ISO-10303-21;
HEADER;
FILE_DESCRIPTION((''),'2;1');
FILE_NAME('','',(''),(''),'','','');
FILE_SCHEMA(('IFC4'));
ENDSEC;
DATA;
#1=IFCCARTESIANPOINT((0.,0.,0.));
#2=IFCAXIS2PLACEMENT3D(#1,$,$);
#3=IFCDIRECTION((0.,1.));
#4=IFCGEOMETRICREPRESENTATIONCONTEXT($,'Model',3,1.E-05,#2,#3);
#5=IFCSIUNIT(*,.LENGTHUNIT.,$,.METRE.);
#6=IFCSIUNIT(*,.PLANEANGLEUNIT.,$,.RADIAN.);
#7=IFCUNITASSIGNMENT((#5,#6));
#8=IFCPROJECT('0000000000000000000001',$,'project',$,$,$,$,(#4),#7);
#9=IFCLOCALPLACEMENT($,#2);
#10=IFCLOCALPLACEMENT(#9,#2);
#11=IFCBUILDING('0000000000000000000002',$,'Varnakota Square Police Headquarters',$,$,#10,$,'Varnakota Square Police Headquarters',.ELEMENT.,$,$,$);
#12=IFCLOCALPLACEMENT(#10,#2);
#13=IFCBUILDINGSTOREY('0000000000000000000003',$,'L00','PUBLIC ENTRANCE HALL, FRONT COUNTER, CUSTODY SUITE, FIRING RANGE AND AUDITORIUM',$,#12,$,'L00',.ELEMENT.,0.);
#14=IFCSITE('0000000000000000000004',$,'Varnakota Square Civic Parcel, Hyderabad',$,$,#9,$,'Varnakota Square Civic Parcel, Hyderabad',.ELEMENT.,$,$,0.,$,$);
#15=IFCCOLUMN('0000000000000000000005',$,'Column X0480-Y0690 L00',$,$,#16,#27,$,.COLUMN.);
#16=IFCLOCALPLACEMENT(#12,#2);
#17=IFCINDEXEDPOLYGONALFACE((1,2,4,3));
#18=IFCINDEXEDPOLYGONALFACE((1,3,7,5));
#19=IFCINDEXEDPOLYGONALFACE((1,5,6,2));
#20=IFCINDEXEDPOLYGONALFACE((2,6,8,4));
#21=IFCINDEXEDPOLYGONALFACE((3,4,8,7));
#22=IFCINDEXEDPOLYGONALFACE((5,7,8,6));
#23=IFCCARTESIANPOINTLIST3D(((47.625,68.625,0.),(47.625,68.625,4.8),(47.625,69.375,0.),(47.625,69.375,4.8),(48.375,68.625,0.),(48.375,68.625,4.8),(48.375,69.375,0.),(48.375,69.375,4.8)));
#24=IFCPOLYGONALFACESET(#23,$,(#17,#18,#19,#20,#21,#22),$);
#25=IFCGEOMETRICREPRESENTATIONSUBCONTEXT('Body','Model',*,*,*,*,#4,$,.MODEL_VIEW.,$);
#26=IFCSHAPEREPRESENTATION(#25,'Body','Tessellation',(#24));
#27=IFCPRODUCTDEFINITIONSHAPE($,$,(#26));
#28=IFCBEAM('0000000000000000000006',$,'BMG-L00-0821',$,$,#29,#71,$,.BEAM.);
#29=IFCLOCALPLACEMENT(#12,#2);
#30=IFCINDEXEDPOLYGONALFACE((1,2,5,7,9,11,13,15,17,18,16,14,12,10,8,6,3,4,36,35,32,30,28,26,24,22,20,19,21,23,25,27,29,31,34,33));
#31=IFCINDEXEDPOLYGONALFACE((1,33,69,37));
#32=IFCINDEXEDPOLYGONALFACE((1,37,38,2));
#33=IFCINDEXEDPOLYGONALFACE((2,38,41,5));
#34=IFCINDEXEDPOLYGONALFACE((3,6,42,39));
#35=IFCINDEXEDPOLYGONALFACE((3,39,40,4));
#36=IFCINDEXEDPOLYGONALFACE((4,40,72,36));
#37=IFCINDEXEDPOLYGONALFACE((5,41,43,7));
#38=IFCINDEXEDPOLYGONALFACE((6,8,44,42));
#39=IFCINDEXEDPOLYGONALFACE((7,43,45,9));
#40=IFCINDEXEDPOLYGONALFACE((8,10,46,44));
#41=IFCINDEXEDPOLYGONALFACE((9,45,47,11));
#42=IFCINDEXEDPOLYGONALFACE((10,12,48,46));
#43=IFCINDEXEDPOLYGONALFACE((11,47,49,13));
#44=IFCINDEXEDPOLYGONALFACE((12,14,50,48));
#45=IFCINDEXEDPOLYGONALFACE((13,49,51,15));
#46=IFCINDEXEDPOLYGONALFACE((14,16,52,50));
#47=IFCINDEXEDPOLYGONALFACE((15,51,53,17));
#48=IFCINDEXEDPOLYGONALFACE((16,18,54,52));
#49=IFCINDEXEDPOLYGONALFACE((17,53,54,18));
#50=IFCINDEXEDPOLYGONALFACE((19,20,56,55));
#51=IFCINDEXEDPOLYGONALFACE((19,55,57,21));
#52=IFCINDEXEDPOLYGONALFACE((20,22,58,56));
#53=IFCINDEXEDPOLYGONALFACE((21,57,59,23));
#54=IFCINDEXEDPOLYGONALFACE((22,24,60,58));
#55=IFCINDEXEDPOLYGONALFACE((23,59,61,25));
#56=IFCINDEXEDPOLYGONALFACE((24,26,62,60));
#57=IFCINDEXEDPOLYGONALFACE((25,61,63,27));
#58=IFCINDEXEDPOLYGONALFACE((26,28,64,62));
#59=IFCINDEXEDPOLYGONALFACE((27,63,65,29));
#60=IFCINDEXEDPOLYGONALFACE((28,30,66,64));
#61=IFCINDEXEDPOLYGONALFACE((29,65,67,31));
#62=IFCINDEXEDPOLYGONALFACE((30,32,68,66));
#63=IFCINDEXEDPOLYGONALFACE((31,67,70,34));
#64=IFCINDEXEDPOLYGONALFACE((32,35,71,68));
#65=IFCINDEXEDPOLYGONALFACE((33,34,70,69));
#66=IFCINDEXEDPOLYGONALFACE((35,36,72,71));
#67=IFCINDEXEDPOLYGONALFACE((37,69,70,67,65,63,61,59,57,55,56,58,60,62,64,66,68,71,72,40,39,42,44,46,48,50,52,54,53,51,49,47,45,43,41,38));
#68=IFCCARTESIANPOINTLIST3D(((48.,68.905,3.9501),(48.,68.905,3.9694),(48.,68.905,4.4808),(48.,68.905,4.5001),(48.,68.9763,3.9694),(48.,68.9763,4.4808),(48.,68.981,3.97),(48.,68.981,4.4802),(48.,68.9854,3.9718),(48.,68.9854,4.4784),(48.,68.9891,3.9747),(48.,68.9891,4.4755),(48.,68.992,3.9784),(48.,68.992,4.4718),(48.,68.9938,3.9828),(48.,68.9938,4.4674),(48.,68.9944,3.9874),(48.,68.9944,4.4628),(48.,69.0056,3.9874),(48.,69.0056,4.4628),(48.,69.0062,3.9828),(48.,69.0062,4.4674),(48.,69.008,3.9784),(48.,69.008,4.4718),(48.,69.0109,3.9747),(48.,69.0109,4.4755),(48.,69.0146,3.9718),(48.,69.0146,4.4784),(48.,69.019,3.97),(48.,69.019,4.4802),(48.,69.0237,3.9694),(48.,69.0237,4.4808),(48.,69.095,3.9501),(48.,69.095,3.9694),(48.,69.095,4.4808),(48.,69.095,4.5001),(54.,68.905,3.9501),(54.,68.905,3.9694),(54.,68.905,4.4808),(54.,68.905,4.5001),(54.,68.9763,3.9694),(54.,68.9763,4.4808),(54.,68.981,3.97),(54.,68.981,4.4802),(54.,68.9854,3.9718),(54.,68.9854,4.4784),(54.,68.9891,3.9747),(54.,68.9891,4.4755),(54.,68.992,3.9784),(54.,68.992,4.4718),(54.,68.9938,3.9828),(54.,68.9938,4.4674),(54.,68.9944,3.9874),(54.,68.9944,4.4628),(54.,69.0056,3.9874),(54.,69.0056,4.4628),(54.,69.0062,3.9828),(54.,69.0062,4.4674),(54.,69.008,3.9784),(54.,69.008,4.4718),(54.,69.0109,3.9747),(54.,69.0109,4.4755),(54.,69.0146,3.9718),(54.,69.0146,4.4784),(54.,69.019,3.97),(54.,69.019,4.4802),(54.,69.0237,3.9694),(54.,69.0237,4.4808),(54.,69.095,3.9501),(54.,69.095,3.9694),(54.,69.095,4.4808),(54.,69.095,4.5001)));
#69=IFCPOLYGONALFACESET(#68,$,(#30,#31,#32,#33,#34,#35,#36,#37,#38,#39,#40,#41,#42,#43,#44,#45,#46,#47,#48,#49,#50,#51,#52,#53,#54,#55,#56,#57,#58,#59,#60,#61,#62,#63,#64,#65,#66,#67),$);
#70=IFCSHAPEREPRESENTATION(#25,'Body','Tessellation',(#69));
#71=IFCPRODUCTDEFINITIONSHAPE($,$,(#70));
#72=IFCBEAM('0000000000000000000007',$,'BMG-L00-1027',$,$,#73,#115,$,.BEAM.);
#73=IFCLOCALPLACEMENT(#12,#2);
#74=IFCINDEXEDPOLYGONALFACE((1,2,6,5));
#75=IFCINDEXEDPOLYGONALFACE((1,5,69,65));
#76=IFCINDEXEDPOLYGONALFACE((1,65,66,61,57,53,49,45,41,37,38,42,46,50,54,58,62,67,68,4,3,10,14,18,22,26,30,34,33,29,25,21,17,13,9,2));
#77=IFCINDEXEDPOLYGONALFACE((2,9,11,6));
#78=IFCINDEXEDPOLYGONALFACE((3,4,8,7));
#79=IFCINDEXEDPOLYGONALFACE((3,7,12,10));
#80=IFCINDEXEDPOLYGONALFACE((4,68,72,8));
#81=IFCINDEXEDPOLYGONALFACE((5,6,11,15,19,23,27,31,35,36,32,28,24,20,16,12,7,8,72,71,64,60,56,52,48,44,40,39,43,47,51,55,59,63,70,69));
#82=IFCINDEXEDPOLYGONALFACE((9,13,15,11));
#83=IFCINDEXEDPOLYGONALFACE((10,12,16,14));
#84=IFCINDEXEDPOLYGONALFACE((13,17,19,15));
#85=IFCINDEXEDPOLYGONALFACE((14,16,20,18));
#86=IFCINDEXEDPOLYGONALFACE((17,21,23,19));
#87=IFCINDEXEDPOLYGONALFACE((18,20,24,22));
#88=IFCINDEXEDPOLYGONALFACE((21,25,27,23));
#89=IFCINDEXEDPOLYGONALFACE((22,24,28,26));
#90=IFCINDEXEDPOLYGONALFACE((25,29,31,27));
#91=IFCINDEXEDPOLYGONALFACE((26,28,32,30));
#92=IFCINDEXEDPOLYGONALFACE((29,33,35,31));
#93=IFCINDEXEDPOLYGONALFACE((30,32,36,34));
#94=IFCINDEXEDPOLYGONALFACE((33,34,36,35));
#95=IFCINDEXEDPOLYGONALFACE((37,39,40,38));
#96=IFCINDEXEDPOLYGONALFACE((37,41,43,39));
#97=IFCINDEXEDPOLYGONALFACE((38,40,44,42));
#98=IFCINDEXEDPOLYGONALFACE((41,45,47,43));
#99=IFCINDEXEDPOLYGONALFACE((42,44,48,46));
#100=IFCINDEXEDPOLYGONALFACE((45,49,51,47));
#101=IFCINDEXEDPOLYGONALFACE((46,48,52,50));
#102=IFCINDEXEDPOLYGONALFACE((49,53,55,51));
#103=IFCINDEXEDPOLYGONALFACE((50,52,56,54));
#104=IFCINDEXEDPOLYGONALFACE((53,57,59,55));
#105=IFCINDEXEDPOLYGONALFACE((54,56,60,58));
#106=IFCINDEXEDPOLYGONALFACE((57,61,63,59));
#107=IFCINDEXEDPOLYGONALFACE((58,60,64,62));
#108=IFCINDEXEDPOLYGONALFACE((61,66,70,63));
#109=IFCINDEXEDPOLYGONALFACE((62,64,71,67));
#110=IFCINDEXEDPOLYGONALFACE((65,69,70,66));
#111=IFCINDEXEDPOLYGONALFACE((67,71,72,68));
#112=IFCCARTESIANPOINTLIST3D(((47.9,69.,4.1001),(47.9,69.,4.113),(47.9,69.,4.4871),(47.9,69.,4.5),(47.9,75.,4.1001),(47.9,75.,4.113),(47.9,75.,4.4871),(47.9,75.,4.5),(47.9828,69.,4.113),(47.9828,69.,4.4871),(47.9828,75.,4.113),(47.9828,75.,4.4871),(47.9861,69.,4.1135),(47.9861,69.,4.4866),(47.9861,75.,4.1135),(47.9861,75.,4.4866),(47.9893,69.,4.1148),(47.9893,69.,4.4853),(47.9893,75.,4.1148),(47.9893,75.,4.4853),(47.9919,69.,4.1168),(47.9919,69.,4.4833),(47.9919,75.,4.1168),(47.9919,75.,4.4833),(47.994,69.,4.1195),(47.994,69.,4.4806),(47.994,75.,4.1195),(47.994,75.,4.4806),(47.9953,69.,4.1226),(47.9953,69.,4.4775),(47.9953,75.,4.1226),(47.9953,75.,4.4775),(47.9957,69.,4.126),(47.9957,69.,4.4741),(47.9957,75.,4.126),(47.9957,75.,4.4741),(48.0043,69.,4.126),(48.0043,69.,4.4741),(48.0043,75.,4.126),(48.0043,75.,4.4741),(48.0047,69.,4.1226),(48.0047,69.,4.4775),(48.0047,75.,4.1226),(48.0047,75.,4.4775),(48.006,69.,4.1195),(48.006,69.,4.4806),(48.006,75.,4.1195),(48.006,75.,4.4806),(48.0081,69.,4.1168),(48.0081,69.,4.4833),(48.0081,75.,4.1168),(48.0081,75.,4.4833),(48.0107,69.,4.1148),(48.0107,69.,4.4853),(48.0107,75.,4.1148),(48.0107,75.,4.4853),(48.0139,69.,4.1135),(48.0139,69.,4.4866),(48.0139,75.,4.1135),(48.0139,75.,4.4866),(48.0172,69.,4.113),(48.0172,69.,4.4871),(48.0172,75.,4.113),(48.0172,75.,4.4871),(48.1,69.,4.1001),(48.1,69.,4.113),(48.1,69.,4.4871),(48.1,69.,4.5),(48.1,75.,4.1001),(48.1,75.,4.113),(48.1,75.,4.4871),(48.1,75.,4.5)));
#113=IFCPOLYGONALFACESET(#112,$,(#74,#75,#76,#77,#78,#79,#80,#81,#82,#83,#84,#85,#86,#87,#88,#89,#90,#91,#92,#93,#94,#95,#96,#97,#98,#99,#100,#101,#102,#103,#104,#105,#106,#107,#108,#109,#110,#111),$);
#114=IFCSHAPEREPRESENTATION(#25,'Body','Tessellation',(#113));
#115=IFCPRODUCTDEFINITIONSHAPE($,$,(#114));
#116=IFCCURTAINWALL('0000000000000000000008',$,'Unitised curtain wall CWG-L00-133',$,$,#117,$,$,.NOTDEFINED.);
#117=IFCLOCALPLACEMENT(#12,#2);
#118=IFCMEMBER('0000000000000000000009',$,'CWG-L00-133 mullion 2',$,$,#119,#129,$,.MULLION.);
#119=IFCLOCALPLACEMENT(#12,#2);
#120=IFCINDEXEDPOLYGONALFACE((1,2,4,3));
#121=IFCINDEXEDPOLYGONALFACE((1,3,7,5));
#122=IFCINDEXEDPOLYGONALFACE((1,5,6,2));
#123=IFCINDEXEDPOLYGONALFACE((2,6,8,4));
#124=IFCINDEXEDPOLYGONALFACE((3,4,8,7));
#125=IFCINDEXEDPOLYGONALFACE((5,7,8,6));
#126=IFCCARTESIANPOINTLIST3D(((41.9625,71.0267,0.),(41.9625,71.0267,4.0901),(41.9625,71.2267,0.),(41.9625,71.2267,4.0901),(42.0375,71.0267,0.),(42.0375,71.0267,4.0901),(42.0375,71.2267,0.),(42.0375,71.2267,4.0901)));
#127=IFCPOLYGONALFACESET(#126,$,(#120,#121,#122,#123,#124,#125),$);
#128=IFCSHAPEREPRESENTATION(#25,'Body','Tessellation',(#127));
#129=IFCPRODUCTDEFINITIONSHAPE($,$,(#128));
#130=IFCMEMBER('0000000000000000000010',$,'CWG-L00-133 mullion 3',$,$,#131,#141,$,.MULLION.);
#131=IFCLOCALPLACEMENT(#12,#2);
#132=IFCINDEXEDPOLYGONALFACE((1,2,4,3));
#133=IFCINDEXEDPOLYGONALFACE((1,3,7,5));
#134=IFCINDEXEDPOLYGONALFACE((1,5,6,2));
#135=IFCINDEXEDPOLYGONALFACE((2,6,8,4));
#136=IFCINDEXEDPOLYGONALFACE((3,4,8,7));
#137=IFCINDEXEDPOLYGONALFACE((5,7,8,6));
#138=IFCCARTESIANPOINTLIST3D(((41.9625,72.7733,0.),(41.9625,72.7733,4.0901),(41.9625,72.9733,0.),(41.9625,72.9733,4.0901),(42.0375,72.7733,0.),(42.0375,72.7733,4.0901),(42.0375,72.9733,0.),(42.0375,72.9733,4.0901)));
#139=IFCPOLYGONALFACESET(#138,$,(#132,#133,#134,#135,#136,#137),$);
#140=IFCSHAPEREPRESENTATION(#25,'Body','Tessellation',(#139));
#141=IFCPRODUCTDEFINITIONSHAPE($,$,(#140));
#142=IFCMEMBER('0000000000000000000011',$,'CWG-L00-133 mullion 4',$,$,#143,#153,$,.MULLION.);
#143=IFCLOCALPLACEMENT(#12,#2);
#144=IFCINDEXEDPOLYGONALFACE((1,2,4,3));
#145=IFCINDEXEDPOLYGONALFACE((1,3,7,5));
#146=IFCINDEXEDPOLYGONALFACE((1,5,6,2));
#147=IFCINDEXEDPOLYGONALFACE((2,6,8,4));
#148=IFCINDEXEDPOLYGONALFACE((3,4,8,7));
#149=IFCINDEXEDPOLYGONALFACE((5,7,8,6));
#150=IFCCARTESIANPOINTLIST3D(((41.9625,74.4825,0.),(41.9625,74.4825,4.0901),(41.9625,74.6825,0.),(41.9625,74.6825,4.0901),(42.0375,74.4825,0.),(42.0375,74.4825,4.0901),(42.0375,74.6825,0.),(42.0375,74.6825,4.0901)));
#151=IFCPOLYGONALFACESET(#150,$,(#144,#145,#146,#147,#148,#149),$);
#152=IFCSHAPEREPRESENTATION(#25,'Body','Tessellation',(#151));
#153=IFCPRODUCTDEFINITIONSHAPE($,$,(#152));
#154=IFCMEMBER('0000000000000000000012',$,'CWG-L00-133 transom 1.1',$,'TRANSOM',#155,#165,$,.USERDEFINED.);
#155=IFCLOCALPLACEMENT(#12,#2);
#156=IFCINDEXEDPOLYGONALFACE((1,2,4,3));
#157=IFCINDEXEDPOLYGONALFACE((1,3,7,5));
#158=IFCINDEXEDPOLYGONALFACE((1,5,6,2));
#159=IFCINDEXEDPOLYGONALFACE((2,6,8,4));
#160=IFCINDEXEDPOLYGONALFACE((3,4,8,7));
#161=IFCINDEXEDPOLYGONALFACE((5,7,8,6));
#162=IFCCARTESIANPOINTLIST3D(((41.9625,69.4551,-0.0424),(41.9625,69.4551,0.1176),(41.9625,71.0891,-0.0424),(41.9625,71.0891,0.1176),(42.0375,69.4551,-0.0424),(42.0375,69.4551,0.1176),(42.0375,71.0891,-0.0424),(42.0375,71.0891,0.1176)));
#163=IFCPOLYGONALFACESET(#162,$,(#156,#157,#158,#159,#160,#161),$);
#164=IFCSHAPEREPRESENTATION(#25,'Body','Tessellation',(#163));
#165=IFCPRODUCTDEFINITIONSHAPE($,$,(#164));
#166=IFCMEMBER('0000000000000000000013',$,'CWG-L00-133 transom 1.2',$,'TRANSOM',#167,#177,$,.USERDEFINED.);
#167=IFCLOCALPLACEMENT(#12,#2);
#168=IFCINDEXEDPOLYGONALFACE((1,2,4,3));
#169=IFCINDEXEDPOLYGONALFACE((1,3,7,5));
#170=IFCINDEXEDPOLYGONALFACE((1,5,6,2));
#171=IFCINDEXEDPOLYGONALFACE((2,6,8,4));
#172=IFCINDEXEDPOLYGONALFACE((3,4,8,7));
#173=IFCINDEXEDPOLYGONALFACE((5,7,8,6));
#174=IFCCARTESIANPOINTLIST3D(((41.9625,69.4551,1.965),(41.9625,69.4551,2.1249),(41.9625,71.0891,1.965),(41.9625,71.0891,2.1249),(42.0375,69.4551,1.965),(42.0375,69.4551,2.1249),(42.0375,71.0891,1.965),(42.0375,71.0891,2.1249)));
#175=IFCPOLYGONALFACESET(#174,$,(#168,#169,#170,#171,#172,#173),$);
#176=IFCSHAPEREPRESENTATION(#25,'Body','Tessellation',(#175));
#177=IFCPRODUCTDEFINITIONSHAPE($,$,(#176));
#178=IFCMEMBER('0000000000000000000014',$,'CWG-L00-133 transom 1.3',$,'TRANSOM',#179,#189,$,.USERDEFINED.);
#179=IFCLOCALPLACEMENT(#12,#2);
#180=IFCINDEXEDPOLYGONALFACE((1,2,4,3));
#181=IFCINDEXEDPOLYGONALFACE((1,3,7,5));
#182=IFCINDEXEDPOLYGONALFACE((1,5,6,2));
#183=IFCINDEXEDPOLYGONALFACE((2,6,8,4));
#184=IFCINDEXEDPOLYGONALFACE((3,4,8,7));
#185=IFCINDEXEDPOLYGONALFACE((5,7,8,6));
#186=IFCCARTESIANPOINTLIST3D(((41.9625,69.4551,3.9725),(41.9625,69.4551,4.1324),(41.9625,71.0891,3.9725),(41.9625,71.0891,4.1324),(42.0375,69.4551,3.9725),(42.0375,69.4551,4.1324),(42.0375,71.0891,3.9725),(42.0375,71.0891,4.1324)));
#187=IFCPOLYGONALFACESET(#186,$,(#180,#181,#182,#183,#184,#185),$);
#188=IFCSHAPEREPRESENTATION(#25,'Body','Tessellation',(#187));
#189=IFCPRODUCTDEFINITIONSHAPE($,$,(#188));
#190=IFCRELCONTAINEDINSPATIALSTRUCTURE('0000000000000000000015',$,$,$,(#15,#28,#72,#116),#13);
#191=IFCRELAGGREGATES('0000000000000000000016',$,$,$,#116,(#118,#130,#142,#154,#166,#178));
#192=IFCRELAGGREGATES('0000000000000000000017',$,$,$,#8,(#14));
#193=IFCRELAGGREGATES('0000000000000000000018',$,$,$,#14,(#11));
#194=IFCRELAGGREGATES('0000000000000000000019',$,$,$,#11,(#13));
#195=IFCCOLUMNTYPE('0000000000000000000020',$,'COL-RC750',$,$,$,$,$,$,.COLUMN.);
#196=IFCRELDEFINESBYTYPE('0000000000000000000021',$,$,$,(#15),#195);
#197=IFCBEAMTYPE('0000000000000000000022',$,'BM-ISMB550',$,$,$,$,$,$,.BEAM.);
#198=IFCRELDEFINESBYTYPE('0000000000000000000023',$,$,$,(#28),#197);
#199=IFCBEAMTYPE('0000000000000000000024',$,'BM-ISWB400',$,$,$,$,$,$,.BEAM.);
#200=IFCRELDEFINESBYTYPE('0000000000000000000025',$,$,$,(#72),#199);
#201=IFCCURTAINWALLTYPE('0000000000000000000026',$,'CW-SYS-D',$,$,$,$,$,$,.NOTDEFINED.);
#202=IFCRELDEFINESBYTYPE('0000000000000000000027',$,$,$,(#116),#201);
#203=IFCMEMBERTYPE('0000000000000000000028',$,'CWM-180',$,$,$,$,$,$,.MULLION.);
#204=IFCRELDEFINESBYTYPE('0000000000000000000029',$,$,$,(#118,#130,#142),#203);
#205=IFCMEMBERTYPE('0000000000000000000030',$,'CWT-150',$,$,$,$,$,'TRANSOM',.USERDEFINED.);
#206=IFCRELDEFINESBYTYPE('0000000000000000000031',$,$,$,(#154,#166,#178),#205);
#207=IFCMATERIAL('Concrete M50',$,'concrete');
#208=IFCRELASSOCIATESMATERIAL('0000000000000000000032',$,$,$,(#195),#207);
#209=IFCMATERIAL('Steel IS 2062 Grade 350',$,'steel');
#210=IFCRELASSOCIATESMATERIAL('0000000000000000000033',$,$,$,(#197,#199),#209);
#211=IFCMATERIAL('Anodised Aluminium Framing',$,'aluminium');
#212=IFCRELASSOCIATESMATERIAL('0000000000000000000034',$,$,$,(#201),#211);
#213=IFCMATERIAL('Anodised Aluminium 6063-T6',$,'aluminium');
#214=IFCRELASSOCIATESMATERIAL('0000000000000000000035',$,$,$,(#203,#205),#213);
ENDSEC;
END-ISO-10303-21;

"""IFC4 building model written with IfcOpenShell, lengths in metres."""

from ifc_helpers import new_model, si_unit, direction, frame, origin, origin_2d, place, context, subcontext, project, spatial, rectangle, i_section, extrude, material, material_profile, profile_set, type_object, element, aggregate, save


model = new_model("IFC4")

# Units and contexts
model_context = context("Model", 3, precision=1e-05, world=origin(), true_north=direction((0.0, 1.0)))
body_context = subcontext(model_context, "Body", "Model", "MODEL_VIEW")
ifc_project = project(units=[si_unit("LENGTHUNIT", "METRE"), si_unit("PLANEANGLEUNIT", "RADIAN")], contexts=[model_context])

# Site, building, storey
site_placement = place(None, origin())
site = spatial("IfcSite", under=ifc_project, at=site_placement, Name="Varnakota Square Civic Parcel, Hyderabad", LongName="Varnakota Square Civic Parcel, Hyderabad", CompositionType="ELEMENT", RefElevation=0.0)
building_placement = place(site_placement, origin())
building = spatial("IfcBuilding", under=site, at=building_placement, Name="Varnakota Square Police Headquarters", LongName="Varnakota Square Police Headquarters", CompositionType="ELEMENT")
storey_placement = place(building_placement, origin())
storey = spatial("IfcBuildingStorey", under=building, at=storey_placement, Name="L00", Description="PUBLIC ENTRANCE HALL, FRONT COUNTER, CUSTODY SUITE, FIRING RANGE AND AUDITORIUM", LongName="L00", CompositionType="ELEMENT", Elevation=0.0)

# Column
ifc_material_1 = material(Name="Concrete M50", Category="concrete")
ifc_material_profile_1 = material_profile(ifc_material_1, rectangle(XDim=0.75, YDim=0.75, at=origin_2d()), Name="RC 750x750")
ifc_profile_set_1 = profile_set([ifc_material_profile_1], Name="Concrete M50")
column_type = type_object("IfcColumnType", Name="COL-RC750", PredefinedType="COLUMN", material=ifc_profile_set_1)
column_placement = place(storey_placement, frame((48.0, 69.0, 0.0), z_axis=(0.0, 0.0, 1.0), x_axis=(1.0, 0.0, 0.0)))
element("IfcColumn", 1, at=column_placement, inside=storey, type_object=column_type, Name="Column X0480-Y0690 L00", PredefinedType="COLUMN", context=body_context, shape_type="SweptSolid", body=[
    extrude(rectangle(XDim=0.75, YDim=0.75, at=origin_2d()), origin(), (0.0, 0.0, 1.0), 4.8),
])

# Beams
ifc_material_2 = material(Name="Steel IS 2062 Grade 350", Category="steel")
ifc_material_profile_2 = material_profile(ifc_material_2, i_section(OverallWidth=0.1899, OverallDepth=0.55, WebThickness=0.0112, FlangeThickness=0.0193, FilletRadius=0.0181, at=origin_2d()), Name="ISMB 550")
ifc_profile_set_2 = profile_set([ifc_material_profile_2], Name="Steel IS 2062 Grade 350")
beam_type_1 = type_object("IfcBeamType", Name="BM-ISMB550", PredefinedType="BEAM", material=ifc_profile_set_2)
beam_1_placement = place(storey_placement, frame((48.0, 69.0, 4.2251), z_axis=(1.0, 0.0, 0.0), x_axis=(0.0, 1.0, 0.0)))
element("IfcBeam", 2, at=beam_1_placement, inside=storey, type_object=beam_type_1, Name="BMG-L00-0821", PredefinedType="BEAM", context=body_context, shape_type="SweptSolid", body=[
    extrude(i_section(OverallWidth=0.1899, OverallDepth=0.55, WebThickness=0.0112, FlangeThickness=0.0193, FilletRadius=0.0181, at=origin_2d()), origin(), (0.0, 0.0, 1.0), 6.0),
])
ifc_material_profile_3 = material_profile(ifc_material_2, i_section(OverallWidth=0.2, OverallDepth=0.3999, WebThickness=0.0085, FlangeThickness=0.0129, FilletRadius=0.0129, at=origin_2d()), Name="ISWB 400")
ifc_profile_set_3 = profile_set([ifc_material_profile_3], Name="Steel IS 2062 Grade 350")
beam_type_2 = type_object("IfcBeamType", Name="BM-ISWB400", PredefinedType="BEAM", material=ifc_profile_set_3)
beam_2_placement = place(storey_placement, frame((48.0, 69.0, 4.3), z_axis=(0.0, 1.0, 0.0), x_axis=(-1.0, 0.0, 0.0)))
element("IfcBeam", 3, at=beam_2_placement, inside=storey, type_object=beam_type_2, Name="BMG-L00-1027", PredefinedType="BEAM", context=body_context, shape_type="SweptSolid", body=[
    extrude(i_section(OverallWidth=0.2, OverallDepth=0.3999, WebThickness=0.0085, FlangeThickness=0.0129, FilletRadius=0.0129, at=origin_2d()), origin(), (0.0, 0.0, 1.0), 6.0),
])

# Curtain wall, members
ifc_material_3 = material(Name="Anodised Aluminium Framing", Category="aluminium")
curtain_wall_type = type_object("IfcCurtainWallType", Name="CW-SYS-D", PredefinedType="NOTDEFINED", material=ifc_material_3)
curtain_wall_placement = place(storey_placement, origin())
curtain_wall = element("IfcCurtainWall", 4, at=curtain_wall_placement, inside=storey, type_object=curtain_wall_type, Name="Unitised curtain wall CWG-L00-133", PredefinedType="NOTDEFINED")
ifc_material_4 = material(Name="Anodised Aluminium 6063-T6", Category="aluminium")
ifc_material_profile_4 = material_profile(ifc_material_4, rectangle(XDim=0.075, YDim=0.2, at=origin_2d()), Name="ALU MULLION 75x200")
ifc_profile_set_4 = profile_set([ifc_material_profile_4], Name="Anodised Aluminium 6063-T6")
member_type_1 = type_object("IfcMemberType", Name="CWM-180", PredefinedType="MULLION", material=ifc_profile_set_4)
member_1_placement = place(storey_placement, frame((42.0, 71.1267, 0.0), z_axis=(0.0, 0.0, 1.0), x_axis=(-1.0, 0.0, 0.0)))
member_1 = element("IfcMember", 5, at=member_1_placement, type_object=member_type_1, Name="CWG-L00-133 mullion 2", PredefinedType="MULLION", context=body_context, shape_type="SweptSolid", body=[
    extrude(rectangle(XDim=0.075, YDim=0.2, at=origin_2d()), origin(), (0.0, 0.0, 1.0), 4.0901),
])
member_2_placement = place(storey_placement, frame((42.0, 72.8733, 0.0), z_axis=(0.0, 0.0, 1.0), x_axis=(-1.0, 0.0, 0.0)))
member_2 = element("IfcMember", 6, at=member_2_placement, type_object=member_type_1, Name="CWG-L00-133 mullion 3", PredefinedType="MULLION", context=body_context, shape_type="SweptSolid", body=[
    extrude(rectangle(XDim=0.075, YDim=0.2, at=origin_2d()), origin(), (0.0, 0.0, 1.0), 4.0901),
])
member_3_placement = place(storey_placement, frame((42.0, 74.5825, 0.0), z_axis=(0.0, 0.0, 1.0), x_axis=(-1.0, 0.0, 0.0)))
member_3 = element("IfcMember", 7, at=member_3_placement, type_object=member_type_1, Name="CWG-L00-133 mullion 4", PredefinedType="MULLION", context=body_context, shape_type="SweptSolid", body=[
    extrude(rectangle(XDim=0.075, YDim=0.2, at=origin_2d()), origin(), (0.0, 0.0, 1.0), 4.0901),
])
ifc_material_profile_5 = material_profile(ifc_material_4, rectangle(XDim=0.075, YDim=0.1599, at=origin_2d()), Name="ALU TRANSOM 75x160")
ifc_profile_set_5 = profile_set([ifc_material_profile_5], Name="Anodised Aluminium 6063-T6")
member_type_2 = type_object("IfcMemberType", Name="CWT-150", ElementType="TRANSOM", PredefinedType="USERDEFINED", material=ifc_profile_set_5)
member_4_placement = place(storey_placement, frame((42.0, 69.4551, 0.0376), z_axis=(0.0, 1.0, 0.0), x_axis=(-1.0, 0.0, 0.0)))
member_4 = element("IfcMember", 8, at=member_4_placement, type_object=member_type_2, Name="CWG-L00-133 transom 1.1", ObjectType="TRANSOM", PredefinedType="USERDEFINED", context=body_context, shape_type="SweptSolid", body=[
    extrude(rectangle(XDim=0.075, YDim=0.1599, at=origin_2d()), origin(), (0.0, 0.0, 1.0), 1.634),
])
member_5_placement = place(storey_placement, frame((42.0, 69.4551, 2.0449), z_axis=(0.0, 1.0, 0.0), x_axis=(-1.0, 0.0, 0.0)))
member_5 = element("IfcMember", 9, at=member_5_placement, type_object=member_type_2, Name="CWG-L00-133 transom 1.2", ObjectType="TRANSOM", PredefinedType="USERDEFINED", context=body_context, shape_type="SweptSolid", body=[
    extrude(rectangle(XDim=0.075, YDim=0.1599, at=origin_2d()), origin(), (0.0, 0.0, 1.0), 1.634),
])
member_6_placement = place(storey_placement, frame((42.0, 69.4551, 4.0525), z_axis=(0.0, 1.0, 0.0), x_axis=(-1.0, 0.0, 0.0)))
member_6 = element("IfcMember", 10, at=member_6_placement, type_object=member_type_2, Name="CWG-L00-133 transom 1.3", ObjectType="TRANSOM", PredefinedType="USERDEFINED", context=body_context, shape_type="SweptSolid", body=[
    extrude(rectangle(XDim=0.075, YDim=0.1599, at=origin_2d()), origin(), (0.0, 0.0, 1.0), 1.634),
])
aggregate(curtain_wall, [member_1, member_2, member_3, member_4, member_5, member_6])

save(model, "model.ifc")
